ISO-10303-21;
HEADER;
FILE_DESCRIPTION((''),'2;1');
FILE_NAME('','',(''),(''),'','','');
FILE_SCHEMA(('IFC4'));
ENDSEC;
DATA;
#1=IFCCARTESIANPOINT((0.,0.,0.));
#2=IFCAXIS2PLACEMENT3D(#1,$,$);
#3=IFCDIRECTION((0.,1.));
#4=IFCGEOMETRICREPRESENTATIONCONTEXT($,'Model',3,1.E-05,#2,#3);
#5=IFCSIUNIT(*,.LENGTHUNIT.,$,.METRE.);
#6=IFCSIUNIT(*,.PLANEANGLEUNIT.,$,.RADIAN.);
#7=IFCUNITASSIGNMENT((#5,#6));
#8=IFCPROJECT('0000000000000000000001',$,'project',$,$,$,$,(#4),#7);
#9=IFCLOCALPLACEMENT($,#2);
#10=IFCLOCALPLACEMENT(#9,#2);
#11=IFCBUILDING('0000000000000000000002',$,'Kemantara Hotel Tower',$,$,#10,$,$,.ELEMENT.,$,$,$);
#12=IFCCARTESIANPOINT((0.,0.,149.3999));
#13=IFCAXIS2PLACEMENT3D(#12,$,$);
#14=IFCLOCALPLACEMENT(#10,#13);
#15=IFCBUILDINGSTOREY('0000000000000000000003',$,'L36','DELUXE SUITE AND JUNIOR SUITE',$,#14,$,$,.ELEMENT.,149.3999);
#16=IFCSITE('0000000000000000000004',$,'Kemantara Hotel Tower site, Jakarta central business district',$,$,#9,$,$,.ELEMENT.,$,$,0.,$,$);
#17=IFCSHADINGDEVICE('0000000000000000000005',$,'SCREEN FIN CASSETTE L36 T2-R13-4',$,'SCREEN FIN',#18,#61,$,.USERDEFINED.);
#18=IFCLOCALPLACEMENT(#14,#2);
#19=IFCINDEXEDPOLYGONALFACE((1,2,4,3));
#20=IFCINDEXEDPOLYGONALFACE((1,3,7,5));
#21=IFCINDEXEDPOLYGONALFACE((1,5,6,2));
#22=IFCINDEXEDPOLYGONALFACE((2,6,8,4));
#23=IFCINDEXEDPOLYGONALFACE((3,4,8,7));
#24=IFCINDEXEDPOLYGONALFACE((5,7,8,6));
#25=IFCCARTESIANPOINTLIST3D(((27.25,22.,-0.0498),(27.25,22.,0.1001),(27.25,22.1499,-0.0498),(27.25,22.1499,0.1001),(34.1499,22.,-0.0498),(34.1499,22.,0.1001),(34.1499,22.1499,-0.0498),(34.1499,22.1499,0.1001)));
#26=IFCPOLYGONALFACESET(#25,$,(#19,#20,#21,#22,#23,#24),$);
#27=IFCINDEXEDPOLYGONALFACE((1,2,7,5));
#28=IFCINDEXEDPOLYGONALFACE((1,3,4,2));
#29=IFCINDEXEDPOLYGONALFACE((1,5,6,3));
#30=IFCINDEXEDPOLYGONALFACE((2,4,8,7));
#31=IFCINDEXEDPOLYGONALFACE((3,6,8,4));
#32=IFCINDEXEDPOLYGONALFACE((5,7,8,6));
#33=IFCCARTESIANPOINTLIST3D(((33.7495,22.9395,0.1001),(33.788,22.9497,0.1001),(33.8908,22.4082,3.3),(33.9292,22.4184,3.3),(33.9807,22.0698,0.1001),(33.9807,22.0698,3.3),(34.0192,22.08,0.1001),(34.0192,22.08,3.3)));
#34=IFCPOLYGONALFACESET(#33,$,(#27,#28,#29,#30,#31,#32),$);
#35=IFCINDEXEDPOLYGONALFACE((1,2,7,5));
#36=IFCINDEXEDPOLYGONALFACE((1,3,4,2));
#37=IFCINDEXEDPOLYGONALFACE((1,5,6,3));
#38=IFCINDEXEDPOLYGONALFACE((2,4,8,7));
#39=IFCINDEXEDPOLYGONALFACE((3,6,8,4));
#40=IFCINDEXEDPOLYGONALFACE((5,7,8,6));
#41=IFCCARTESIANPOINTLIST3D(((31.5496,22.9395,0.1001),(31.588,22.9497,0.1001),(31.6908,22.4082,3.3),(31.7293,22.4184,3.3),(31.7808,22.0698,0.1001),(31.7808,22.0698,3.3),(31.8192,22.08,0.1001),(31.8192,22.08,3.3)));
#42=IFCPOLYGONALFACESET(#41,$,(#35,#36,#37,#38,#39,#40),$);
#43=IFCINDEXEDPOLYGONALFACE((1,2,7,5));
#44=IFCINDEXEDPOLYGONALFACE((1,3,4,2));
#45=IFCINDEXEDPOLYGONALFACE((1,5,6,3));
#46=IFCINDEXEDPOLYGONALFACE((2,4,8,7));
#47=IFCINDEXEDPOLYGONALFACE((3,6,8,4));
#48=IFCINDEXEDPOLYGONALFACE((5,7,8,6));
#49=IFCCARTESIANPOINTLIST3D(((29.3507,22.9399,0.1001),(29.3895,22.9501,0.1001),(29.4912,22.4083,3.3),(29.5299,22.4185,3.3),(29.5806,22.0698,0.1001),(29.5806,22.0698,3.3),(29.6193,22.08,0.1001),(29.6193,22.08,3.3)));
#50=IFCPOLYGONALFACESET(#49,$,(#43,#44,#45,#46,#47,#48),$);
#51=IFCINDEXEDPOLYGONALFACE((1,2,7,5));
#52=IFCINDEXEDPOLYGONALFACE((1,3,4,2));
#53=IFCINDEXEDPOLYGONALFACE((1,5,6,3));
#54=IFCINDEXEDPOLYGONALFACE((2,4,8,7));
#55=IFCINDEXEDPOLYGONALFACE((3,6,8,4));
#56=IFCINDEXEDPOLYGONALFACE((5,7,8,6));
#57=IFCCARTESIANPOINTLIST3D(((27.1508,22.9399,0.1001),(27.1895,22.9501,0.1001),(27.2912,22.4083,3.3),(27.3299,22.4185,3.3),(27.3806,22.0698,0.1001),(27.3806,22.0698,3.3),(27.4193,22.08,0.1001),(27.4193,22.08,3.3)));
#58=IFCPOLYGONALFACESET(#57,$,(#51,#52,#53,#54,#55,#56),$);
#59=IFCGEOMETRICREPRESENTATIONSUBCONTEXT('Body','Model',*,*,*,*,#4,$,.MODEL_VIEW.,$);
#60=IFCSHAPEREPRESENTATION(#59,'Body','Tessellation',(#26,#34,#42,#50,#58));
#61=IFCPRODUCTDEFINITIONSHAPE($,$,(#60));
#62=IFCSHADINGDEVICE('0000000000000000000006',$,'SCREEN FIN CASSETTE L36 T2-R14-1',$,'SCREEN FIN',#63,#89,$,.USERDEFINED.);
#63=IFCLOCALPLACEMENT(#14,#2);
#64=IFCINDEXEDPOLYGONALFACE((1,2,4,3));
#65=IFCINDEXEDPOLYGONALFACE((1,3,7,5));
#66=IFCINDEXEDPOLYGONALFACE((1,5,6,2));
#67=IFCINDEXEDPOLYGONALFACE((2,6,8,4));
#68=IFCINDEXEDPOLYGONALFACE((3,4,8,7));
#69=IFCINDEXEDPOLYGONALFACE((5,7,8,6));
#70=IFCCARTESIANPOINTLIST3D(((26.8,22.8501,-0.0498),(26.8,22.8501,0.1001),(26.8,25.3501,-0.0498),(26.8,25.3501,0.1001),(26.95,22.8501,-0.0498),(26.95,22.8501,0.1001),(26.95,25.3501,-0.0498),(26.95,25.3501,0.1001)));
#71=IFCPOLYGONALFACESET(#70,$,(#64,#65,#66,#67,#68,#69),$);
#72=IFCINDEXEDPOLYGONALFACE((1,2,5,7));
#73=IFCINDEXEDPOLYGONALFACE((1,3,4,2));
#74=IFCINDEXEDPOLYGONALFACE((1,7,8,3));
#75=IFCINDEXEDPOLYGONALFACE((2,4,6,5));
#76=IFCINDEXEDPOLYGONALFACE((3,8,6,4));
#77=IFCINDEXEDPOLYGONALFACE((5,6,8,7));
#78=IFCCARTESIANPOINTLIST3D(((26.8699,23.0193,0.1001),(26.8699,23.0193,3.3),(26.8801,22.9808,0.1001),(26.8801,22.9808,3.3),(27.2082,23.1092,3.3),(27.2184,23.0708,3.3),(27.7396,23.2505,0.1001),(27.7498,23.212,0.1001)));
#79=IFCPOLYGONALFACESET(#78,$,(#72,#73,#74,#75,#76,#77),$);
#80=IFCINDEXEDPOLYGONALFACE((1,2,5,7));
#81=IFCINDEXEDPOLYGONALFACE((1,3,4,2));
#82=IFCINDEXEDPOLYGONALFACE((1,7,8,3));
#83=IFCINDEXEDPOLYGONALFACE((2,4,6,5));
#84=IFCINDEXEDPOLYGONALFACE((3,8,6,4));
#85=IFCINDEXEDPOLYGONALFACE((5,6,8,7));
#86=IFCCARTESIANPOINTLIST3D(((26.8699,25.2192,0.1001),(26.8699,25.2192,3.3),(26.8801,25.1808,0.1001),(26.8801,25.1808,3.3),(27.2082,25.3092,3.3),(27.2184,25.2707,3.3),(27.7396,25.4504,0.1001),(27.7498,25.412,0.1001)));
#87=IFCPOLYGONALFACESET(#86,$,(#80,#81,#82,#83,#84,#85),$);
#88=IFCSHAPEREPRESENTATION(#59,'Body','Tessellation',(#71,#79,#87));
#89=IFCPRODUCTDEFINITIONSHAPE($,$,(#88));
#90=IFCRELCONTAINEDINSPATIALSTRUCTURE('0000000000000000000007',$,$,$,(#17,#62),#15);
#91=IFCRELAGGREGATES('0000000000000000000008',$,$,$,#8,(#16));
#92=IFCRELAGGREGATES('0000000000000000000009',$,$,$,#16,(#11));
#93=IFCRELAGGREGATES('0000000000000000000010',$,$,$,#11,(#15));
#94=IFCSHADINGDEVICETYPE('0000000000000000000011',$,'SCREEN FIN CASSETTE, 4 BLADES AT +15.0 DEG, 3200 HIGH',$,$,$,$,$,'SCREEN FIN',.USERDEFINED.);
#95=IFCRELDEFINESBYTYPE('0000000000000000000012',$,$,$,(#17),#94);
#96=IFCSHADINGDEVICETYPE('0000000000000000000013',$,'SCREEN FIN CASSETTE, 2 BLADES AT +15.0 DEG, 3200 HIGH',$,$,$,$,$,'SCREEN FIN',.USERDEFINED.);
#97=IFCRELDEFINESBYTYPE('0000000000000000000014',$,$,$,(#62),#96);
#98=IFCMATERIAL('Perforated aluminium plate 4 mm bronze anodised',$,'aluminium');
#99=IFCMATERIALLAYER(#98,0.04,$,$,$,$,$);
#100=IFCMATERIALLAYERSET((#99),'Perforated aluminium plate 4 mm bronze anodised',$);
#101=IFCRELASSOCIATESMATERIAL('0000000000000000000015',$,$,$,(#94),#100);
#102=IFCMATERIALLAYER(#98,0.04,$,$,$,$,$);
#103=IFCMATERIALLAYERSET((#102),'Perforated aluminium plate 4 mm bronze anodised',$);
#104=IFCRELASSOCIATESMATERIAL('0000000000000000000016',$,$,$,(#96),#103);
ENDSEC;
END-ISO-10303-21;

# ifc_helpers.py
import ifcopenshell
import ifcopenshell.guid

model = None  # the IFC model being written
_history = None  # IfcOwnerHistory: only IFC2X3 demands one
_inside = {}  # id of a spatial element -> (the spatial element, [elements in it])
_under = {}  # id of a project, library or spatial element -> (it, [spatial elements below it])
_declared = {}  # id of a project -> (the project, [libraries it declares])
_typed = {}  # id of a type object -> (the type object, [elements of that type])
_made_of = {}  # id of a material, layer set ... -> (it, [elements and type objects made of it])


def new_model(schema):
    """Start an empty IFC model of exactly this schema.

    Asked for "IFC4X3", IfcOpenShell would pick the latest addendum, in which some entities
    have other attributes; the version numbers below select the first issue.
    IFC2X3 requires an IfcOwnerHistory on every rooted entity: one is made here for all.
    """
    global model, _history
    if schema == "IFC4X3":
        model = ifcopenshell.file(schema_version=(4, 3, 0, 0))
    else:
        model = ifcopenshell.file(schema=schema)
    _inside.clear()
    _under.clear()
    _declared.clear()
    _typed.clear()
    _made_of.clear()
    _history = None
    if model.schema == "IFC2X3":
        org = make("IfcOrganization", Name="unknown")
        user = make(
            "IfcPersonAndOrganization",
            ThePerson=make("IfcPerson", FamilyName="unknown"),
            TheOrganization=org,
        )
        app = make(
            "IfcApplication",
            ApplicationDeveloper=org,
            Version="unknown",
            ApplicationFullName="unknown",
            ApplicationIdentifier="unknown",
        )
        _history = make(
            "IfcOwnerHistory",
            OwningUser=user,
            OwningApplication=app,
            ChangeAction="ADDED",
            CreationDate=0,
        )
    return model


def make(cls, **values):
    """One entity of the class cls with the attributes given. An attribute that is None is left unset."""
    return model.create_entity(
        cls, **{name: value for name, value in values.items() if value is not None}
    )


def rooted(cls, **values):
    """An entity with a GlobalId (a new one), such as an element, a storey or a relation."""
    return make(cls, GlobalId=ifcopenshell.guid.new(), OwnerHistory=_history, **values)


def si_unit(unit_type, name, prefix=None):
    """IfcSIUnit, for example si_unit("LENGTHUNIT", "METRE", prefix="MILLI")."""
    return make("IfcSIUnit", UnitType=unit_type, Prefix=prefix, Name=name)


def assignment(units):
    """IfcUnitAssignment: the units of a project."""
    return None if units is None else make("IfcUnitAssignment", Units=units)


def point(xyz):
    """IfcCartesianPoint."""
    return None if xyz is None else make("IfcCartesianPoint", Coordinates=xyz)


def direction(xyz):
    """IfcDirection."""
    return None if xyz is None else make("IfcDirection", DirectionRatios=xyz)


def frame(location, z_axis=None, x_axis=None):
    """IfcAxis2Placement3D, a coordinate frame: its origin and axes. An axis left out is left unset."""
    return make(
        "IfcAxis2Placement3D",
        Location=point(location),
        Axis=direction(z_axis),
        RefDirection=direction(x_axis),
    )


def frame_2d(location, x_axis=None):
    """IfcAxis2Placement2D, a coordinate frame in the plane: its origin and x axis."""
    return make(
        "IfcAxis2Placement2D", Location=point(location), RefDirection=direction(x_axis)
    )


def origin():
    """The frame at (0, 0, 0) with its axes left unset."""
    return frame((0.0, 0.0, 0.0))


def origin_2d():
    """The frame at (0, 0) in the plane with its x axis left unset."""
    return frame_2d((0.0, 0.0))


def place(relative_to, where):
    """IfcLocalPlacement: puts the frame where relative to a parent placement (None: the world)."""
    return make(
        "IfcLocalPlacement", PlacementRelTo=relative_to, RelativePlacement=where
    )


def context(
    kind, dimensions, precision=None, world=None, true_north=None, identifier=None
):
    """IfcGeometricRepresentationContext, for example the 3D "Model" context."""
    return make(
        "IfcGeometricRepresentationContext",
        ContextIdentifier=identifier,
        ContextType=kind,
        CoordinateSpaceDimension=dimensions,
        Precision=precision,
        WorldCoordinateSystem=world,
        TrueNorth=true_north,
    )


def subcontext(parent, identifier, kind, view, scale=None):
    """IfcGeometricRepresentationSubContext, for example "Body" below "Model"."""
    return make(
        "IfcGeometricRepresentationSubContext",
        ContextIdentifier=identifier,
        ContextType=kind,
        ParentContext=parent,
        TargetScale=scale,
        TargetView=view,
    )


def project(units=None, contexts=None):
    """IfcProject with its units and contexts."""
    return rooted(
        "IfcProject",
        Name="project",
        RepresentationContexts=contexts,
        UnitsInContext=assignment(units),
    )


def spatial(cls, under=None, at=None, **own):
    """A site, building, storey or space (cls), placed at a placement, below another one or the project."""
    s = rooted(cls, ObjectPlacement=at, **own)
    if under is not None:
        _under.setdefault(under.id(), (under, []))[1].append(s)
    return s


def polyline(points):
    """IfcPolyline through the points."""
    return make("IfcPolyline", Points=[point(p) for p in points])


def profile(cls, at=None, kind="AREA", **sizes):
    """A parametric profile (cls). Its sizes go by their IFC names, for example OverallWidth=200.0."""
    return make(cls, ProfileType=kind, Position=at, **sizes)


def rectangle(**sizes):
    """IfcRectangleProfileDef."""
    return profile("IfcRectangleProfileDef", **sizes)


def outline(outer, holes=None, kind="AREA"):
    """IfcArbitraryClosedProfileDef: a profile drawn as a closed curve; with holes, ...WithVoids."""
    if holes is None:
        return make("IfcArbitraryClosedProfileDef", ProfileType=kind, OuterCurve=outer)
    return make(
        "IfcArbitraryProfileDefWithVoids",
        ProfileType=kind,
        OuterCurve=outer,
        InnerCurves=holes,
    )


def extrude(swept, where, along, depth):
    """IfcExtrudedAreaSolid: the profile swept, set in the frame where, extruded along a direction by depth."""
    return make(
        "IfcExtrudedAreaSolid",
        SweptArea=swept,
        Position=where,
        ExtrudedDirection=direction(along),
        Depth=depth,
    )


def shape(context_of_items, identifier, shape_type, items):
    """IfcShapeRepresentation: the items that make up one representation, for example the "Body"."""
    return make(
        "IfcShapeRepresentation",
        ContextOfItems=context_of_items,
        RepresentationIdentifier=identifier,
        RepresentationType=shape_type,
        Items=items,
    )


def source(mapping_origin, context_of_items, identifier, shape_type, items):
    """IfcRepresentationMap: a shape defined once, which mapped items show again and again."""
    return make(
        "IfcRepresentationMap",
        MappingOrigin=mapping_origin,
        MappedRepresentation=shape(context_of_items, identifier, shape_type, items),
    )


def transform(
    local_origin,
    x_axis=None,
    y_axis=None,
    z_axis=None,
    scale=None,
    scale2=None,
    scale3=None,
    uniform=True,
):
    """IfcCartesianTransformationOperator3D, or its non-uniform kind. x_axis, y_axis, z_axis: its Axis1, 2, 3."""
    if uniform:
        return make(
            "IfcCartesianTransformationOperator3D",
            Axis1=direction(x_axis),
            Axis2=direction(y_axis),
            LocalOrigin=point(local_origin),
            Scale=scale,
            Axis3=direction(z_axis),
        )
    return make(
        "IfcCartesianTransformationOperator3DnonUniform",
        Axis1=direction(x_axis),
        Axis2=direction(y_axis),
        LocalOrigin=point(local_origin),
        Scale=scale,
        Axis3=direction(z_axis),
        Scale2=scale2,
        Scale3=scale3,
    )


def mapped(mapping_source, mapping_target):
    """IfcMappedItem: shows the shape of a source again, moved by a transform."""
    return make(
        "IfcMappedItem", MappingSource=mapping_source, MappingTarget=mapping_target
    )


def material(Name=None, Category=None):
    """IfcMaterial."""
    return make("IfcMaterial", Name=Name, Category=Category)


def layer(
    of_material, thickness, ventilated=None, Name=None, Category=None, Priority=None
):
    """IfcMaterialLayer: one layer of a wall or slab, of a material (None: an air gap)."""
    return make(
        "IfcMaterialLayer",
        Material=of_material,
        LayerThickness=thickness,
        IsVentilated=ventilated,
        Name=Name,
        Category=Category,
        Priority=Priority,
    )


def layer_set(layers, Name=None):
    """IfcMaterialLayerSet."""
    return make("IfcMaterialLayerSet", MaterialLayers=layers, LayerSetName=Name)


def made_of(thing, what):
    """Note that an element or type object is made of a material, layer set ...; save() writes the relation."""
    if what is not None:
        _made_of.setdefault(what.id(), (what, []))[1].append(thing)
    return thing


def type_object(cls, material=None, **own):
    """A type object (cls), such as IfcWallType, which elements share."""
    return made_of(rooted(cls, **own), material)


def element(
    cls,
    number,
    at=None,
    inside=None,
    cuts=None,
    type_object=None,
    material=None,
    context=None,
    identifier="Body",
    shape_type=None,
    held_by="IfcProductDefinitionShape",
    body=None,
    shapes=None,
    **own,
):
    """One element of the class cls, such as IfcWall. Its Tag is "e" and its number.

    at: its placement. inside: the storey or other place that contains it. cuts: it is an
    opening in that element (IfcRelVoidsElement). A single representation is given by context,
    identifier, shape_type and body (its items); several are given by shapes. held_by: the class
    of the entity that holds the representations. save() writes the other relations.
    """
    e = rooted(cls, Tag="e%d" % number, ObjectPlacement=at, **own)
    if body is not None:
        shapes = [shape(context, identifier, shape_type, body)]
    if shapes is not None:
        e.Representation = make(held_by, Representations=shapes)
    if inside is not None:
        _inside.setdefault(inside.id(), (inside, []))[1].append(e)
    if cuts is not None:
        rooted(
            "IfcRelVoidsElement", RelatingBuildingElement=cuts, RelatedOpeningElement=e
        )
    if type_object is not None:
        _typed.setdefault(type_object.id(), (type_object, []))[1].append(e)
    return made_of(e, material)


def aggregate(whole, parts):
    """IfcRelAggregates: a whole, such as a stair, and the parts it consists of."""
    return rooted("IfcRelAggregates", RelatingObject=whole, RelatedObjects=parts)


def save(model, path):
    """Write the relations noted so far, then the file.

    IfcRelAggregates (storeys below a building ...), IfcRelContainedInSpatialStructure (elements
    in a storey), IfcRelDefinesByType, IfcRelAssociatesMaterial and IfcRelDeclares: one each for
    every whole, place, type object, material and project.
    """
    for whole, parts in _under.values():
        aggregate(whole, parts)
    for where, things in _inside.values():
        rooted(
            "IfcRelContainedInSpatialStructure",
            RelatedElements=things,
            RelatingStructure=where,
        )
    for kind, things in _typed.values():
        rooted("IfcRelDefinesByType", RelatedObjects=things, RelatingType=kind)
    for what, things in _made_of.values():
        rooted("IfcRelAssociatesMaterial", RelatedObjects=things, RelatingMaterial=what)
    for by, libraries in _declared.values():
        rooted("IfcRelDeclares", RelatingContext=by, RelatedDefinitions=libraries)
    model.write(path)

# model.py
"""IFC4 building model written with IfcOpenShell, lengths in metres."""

from ifc_helpers import new_model, si_unit, direction, frame, origin, origin_2d, place, context, subcontext, project, spatial, polyline, rectangle, outline, extrude, source, transform, mapped, material, layer, layer_set, type_object, element, save


model = new_model("IFC4")

# Units and contexts
model_context = context("Model", 3, precision=1e-05, world=origin(), true_north=direction((0.0, 1.0)))
body_context = subcontext(model_context, "Body", "Model", "MODEL_VIEW")
ifc_project = project(units=[si_unit("LENGTHUNIT", "METRE"), si_unit("PLANEANGLEUNIT", "RADIAN")], contexts=[model_context])

# Site, building, storey
site_placement = place(None, origin())
site = spatial("IfcSite", under=ifc_project, at=site_placement, Name="Kemantara Hotel Tower site, Jakarta central business district", CompositionType="ELEMENT", RefElevation=0.0)
building_placement = place(site_placement, origin())
building = spatial("IfcBuilding", under=site, at=building_placement, Name="Kemantara Hotel Tower", CompositionType="ELEMENT")
storey_placement = place(building_placement, frame((0.0, 0.0, 149.3999)))
storey = spatial("IfcBuildingStorey", under=building, at=storey_placement, Name="L36", Description="DELUXE SUITE AND JUNIOR SUITE", CompositionType="ELEMENT", Elevation=149.3999)

# Shading devices
ifc_material_1 = material(Name="Perforated aluminium plate 4 mm bronze anodised", Category="aluminium")
ifc_layer_1 = layer(ifc_material_1, 0.04)
ifc_layer_set_1 = layer_set([ifc_layer_1], Name="Perforated aluminium plate 4 mm bronze anodised")
shading_device_type_1 = type_object("IfcShadingDeviceType", Name="SCREEN FIN CASSETTE, 4 BLADES AT +15.0 DEG, 3200 HIGH", ElementType="SCREEN FIN", PredefinedType="USERDEFINED", material=ifc_layer_set_1)
shared_shape_1 = source(origin(), body_context, "Body", "SweptSolid", [
    extrude(rectangle(XDim=6.8999, YDim=0.1499, at=origin_2d()), frame((3.3, -0.075, -0.1499), z_axis=(0.0, 0.0, 1.0), x_axis=(1.0, 0.0, 0.0)), (0.0, 0.0, 1.0), 0.1499),
    extrude(outline(polyline([(0.0, 0.0), (0.8999, 0.0), (0.3501, 3.2), (0.0, 3.2), (0.0, 0.0)])), frame((0.0193, -0.0698, 0.0), z_axis=(-0.966438, -0.256901, 0.0), x_axis=(0.256901, -0.966438, 0.0)), (0.0, 0.0, 1.0), 0.0398),
    extrude(outline(polyline([(0.0, 0.0), (0.8999, 0.0), (0.3501, 3.2), (0.0, 3.2), (0.0, 0.0)])), frame((2.2192, -0.0698, 0.0), z_axis=(-0.966438, -0.256901, 0.0), x_axis=(0.256901, -0.966438, 0.0)), (0.0, 0.0, 1.0), 0.0398),
    extrude(outline(polyline([(0.0, 0.0), (0.8999, 0.0), (0.3501, 3.2), (0.0, 3.2), (0.0, 0.0)])), frame((4.4194, -0.0698, 0.0), z_axis=(-0.966838, -0.255391, 0.0), x_axis=(0.255391, -0.966838, 0.0)), (0.0, 0.0, 1.0), 0.04),
    extrude(outline(polyline([(0.0, 0.0), (0.8999, 0.0), (0.3501, 3.2), (0.0, 3.2), (0.0, 0.0)])), frame((6.6194, -0.0698, 0.0), z_axis=(-0.966838, -0.255391, 0.0), x_axis=(0.255391, -0.966838, 0.0)), (0.0, 0.0, 1.0), 0.04),
])
shading_device_1_placement = place(storey_placement, frame((34.0, 22.0, 0.1001), z_axis=(0.0, 0.0, 1.0), x_axis=(-1.0, 0.0, 0.0)))
element("IfcShadingDevice", 1, at=shading_device_1_placement, inside=storey, type_object=shading_device_type_1, Name="SCREEN FIN CASSETTE L36 T2-R13-4", ObjectType="SCREEN FIN", PredefinedType="USERDEFINED", context=body_context, shape_type="MappedRepresentation", body=[
    mapped(shared_shape_1, transform((0.0, 0.0, 0.0))),
])
ifc_layer_2 = layer(ifc_material_1, 0.04)
ifc_layer_set_2 = layer_set([ifc_layer_2], Name="Perforated aluminium plate 4 mm bronze anodised")
shading_device_type_2 = type_object("IfcShadingDeviceType", Name="SCREEN FIN CASSETTE, 2 BLADES AT +15.0 DEG, 3200 HIGH", ElementType="SCREEN FIN", PredefinedType="USERDEFINED", material=ifc_layer_set_2)
shared_shape_2 = source(origin(), body_context, "Body", "SweptSolid", [
    extrude(rectangle(XDim=2.5, YDim=0.1499, at=origin_2d()), frame((1.1001, -0.075, -0.1499), z_axis=(0.0, 0.0, 1.0), x_axis=(1.0, 0.0, 0.0)), (0.0, 0.0, 1.0), 0.1499),
    extrude(outline(polyline([(0.0, 0.0), (0.8999, 0.0), (0.3501, 3.2), (0.0, 3.2), (0.0, 0.0)])), frame((0.0193, -0.0698, 0.0), z_axis=(-0.966438, -0.256901, 0.0), x_axis=(0.256901, -0.966438, 0.0)), (0.0, 0.0, 1.0), 0.0398),
    extrude(outline(polyline([(0.0, 0.0), (0.8999, 0.0), (0.3501, 3.2), (0.0, 3.2), (0.0, 0.0)])), frame((2.2192, -0.0698, 0.0), z_axis=(-0.966438, -0.256901, 0.0), x_axis=(0.256901, -0.966438, 0.0)), (0.0, 0.0, 1.0), 0.0398),
])
shading_device_2_placement = place(storey_placement, frame((26.8, 23.0, 0.1001), z_axis=(0.0, 0.0, 1.0), x_axis=(0.0, 1.0, 0.0)))
element("IfcShadingDevice", 2, at=shading_device_2_placement, inside=storey, type_object=shading_device_type_2, Name="SCREEN FIN CASSETTE L36 T2-R14-1", ObjectType="SCREEN FIN", PredefinedType="USERDEFINED", context=body_context, shape_type="MappedRepresentation", body=[
    mapped(shared_shape_2, transform((0.0, 0.0, 0.0))),
])

save(model, "model.ifc")
